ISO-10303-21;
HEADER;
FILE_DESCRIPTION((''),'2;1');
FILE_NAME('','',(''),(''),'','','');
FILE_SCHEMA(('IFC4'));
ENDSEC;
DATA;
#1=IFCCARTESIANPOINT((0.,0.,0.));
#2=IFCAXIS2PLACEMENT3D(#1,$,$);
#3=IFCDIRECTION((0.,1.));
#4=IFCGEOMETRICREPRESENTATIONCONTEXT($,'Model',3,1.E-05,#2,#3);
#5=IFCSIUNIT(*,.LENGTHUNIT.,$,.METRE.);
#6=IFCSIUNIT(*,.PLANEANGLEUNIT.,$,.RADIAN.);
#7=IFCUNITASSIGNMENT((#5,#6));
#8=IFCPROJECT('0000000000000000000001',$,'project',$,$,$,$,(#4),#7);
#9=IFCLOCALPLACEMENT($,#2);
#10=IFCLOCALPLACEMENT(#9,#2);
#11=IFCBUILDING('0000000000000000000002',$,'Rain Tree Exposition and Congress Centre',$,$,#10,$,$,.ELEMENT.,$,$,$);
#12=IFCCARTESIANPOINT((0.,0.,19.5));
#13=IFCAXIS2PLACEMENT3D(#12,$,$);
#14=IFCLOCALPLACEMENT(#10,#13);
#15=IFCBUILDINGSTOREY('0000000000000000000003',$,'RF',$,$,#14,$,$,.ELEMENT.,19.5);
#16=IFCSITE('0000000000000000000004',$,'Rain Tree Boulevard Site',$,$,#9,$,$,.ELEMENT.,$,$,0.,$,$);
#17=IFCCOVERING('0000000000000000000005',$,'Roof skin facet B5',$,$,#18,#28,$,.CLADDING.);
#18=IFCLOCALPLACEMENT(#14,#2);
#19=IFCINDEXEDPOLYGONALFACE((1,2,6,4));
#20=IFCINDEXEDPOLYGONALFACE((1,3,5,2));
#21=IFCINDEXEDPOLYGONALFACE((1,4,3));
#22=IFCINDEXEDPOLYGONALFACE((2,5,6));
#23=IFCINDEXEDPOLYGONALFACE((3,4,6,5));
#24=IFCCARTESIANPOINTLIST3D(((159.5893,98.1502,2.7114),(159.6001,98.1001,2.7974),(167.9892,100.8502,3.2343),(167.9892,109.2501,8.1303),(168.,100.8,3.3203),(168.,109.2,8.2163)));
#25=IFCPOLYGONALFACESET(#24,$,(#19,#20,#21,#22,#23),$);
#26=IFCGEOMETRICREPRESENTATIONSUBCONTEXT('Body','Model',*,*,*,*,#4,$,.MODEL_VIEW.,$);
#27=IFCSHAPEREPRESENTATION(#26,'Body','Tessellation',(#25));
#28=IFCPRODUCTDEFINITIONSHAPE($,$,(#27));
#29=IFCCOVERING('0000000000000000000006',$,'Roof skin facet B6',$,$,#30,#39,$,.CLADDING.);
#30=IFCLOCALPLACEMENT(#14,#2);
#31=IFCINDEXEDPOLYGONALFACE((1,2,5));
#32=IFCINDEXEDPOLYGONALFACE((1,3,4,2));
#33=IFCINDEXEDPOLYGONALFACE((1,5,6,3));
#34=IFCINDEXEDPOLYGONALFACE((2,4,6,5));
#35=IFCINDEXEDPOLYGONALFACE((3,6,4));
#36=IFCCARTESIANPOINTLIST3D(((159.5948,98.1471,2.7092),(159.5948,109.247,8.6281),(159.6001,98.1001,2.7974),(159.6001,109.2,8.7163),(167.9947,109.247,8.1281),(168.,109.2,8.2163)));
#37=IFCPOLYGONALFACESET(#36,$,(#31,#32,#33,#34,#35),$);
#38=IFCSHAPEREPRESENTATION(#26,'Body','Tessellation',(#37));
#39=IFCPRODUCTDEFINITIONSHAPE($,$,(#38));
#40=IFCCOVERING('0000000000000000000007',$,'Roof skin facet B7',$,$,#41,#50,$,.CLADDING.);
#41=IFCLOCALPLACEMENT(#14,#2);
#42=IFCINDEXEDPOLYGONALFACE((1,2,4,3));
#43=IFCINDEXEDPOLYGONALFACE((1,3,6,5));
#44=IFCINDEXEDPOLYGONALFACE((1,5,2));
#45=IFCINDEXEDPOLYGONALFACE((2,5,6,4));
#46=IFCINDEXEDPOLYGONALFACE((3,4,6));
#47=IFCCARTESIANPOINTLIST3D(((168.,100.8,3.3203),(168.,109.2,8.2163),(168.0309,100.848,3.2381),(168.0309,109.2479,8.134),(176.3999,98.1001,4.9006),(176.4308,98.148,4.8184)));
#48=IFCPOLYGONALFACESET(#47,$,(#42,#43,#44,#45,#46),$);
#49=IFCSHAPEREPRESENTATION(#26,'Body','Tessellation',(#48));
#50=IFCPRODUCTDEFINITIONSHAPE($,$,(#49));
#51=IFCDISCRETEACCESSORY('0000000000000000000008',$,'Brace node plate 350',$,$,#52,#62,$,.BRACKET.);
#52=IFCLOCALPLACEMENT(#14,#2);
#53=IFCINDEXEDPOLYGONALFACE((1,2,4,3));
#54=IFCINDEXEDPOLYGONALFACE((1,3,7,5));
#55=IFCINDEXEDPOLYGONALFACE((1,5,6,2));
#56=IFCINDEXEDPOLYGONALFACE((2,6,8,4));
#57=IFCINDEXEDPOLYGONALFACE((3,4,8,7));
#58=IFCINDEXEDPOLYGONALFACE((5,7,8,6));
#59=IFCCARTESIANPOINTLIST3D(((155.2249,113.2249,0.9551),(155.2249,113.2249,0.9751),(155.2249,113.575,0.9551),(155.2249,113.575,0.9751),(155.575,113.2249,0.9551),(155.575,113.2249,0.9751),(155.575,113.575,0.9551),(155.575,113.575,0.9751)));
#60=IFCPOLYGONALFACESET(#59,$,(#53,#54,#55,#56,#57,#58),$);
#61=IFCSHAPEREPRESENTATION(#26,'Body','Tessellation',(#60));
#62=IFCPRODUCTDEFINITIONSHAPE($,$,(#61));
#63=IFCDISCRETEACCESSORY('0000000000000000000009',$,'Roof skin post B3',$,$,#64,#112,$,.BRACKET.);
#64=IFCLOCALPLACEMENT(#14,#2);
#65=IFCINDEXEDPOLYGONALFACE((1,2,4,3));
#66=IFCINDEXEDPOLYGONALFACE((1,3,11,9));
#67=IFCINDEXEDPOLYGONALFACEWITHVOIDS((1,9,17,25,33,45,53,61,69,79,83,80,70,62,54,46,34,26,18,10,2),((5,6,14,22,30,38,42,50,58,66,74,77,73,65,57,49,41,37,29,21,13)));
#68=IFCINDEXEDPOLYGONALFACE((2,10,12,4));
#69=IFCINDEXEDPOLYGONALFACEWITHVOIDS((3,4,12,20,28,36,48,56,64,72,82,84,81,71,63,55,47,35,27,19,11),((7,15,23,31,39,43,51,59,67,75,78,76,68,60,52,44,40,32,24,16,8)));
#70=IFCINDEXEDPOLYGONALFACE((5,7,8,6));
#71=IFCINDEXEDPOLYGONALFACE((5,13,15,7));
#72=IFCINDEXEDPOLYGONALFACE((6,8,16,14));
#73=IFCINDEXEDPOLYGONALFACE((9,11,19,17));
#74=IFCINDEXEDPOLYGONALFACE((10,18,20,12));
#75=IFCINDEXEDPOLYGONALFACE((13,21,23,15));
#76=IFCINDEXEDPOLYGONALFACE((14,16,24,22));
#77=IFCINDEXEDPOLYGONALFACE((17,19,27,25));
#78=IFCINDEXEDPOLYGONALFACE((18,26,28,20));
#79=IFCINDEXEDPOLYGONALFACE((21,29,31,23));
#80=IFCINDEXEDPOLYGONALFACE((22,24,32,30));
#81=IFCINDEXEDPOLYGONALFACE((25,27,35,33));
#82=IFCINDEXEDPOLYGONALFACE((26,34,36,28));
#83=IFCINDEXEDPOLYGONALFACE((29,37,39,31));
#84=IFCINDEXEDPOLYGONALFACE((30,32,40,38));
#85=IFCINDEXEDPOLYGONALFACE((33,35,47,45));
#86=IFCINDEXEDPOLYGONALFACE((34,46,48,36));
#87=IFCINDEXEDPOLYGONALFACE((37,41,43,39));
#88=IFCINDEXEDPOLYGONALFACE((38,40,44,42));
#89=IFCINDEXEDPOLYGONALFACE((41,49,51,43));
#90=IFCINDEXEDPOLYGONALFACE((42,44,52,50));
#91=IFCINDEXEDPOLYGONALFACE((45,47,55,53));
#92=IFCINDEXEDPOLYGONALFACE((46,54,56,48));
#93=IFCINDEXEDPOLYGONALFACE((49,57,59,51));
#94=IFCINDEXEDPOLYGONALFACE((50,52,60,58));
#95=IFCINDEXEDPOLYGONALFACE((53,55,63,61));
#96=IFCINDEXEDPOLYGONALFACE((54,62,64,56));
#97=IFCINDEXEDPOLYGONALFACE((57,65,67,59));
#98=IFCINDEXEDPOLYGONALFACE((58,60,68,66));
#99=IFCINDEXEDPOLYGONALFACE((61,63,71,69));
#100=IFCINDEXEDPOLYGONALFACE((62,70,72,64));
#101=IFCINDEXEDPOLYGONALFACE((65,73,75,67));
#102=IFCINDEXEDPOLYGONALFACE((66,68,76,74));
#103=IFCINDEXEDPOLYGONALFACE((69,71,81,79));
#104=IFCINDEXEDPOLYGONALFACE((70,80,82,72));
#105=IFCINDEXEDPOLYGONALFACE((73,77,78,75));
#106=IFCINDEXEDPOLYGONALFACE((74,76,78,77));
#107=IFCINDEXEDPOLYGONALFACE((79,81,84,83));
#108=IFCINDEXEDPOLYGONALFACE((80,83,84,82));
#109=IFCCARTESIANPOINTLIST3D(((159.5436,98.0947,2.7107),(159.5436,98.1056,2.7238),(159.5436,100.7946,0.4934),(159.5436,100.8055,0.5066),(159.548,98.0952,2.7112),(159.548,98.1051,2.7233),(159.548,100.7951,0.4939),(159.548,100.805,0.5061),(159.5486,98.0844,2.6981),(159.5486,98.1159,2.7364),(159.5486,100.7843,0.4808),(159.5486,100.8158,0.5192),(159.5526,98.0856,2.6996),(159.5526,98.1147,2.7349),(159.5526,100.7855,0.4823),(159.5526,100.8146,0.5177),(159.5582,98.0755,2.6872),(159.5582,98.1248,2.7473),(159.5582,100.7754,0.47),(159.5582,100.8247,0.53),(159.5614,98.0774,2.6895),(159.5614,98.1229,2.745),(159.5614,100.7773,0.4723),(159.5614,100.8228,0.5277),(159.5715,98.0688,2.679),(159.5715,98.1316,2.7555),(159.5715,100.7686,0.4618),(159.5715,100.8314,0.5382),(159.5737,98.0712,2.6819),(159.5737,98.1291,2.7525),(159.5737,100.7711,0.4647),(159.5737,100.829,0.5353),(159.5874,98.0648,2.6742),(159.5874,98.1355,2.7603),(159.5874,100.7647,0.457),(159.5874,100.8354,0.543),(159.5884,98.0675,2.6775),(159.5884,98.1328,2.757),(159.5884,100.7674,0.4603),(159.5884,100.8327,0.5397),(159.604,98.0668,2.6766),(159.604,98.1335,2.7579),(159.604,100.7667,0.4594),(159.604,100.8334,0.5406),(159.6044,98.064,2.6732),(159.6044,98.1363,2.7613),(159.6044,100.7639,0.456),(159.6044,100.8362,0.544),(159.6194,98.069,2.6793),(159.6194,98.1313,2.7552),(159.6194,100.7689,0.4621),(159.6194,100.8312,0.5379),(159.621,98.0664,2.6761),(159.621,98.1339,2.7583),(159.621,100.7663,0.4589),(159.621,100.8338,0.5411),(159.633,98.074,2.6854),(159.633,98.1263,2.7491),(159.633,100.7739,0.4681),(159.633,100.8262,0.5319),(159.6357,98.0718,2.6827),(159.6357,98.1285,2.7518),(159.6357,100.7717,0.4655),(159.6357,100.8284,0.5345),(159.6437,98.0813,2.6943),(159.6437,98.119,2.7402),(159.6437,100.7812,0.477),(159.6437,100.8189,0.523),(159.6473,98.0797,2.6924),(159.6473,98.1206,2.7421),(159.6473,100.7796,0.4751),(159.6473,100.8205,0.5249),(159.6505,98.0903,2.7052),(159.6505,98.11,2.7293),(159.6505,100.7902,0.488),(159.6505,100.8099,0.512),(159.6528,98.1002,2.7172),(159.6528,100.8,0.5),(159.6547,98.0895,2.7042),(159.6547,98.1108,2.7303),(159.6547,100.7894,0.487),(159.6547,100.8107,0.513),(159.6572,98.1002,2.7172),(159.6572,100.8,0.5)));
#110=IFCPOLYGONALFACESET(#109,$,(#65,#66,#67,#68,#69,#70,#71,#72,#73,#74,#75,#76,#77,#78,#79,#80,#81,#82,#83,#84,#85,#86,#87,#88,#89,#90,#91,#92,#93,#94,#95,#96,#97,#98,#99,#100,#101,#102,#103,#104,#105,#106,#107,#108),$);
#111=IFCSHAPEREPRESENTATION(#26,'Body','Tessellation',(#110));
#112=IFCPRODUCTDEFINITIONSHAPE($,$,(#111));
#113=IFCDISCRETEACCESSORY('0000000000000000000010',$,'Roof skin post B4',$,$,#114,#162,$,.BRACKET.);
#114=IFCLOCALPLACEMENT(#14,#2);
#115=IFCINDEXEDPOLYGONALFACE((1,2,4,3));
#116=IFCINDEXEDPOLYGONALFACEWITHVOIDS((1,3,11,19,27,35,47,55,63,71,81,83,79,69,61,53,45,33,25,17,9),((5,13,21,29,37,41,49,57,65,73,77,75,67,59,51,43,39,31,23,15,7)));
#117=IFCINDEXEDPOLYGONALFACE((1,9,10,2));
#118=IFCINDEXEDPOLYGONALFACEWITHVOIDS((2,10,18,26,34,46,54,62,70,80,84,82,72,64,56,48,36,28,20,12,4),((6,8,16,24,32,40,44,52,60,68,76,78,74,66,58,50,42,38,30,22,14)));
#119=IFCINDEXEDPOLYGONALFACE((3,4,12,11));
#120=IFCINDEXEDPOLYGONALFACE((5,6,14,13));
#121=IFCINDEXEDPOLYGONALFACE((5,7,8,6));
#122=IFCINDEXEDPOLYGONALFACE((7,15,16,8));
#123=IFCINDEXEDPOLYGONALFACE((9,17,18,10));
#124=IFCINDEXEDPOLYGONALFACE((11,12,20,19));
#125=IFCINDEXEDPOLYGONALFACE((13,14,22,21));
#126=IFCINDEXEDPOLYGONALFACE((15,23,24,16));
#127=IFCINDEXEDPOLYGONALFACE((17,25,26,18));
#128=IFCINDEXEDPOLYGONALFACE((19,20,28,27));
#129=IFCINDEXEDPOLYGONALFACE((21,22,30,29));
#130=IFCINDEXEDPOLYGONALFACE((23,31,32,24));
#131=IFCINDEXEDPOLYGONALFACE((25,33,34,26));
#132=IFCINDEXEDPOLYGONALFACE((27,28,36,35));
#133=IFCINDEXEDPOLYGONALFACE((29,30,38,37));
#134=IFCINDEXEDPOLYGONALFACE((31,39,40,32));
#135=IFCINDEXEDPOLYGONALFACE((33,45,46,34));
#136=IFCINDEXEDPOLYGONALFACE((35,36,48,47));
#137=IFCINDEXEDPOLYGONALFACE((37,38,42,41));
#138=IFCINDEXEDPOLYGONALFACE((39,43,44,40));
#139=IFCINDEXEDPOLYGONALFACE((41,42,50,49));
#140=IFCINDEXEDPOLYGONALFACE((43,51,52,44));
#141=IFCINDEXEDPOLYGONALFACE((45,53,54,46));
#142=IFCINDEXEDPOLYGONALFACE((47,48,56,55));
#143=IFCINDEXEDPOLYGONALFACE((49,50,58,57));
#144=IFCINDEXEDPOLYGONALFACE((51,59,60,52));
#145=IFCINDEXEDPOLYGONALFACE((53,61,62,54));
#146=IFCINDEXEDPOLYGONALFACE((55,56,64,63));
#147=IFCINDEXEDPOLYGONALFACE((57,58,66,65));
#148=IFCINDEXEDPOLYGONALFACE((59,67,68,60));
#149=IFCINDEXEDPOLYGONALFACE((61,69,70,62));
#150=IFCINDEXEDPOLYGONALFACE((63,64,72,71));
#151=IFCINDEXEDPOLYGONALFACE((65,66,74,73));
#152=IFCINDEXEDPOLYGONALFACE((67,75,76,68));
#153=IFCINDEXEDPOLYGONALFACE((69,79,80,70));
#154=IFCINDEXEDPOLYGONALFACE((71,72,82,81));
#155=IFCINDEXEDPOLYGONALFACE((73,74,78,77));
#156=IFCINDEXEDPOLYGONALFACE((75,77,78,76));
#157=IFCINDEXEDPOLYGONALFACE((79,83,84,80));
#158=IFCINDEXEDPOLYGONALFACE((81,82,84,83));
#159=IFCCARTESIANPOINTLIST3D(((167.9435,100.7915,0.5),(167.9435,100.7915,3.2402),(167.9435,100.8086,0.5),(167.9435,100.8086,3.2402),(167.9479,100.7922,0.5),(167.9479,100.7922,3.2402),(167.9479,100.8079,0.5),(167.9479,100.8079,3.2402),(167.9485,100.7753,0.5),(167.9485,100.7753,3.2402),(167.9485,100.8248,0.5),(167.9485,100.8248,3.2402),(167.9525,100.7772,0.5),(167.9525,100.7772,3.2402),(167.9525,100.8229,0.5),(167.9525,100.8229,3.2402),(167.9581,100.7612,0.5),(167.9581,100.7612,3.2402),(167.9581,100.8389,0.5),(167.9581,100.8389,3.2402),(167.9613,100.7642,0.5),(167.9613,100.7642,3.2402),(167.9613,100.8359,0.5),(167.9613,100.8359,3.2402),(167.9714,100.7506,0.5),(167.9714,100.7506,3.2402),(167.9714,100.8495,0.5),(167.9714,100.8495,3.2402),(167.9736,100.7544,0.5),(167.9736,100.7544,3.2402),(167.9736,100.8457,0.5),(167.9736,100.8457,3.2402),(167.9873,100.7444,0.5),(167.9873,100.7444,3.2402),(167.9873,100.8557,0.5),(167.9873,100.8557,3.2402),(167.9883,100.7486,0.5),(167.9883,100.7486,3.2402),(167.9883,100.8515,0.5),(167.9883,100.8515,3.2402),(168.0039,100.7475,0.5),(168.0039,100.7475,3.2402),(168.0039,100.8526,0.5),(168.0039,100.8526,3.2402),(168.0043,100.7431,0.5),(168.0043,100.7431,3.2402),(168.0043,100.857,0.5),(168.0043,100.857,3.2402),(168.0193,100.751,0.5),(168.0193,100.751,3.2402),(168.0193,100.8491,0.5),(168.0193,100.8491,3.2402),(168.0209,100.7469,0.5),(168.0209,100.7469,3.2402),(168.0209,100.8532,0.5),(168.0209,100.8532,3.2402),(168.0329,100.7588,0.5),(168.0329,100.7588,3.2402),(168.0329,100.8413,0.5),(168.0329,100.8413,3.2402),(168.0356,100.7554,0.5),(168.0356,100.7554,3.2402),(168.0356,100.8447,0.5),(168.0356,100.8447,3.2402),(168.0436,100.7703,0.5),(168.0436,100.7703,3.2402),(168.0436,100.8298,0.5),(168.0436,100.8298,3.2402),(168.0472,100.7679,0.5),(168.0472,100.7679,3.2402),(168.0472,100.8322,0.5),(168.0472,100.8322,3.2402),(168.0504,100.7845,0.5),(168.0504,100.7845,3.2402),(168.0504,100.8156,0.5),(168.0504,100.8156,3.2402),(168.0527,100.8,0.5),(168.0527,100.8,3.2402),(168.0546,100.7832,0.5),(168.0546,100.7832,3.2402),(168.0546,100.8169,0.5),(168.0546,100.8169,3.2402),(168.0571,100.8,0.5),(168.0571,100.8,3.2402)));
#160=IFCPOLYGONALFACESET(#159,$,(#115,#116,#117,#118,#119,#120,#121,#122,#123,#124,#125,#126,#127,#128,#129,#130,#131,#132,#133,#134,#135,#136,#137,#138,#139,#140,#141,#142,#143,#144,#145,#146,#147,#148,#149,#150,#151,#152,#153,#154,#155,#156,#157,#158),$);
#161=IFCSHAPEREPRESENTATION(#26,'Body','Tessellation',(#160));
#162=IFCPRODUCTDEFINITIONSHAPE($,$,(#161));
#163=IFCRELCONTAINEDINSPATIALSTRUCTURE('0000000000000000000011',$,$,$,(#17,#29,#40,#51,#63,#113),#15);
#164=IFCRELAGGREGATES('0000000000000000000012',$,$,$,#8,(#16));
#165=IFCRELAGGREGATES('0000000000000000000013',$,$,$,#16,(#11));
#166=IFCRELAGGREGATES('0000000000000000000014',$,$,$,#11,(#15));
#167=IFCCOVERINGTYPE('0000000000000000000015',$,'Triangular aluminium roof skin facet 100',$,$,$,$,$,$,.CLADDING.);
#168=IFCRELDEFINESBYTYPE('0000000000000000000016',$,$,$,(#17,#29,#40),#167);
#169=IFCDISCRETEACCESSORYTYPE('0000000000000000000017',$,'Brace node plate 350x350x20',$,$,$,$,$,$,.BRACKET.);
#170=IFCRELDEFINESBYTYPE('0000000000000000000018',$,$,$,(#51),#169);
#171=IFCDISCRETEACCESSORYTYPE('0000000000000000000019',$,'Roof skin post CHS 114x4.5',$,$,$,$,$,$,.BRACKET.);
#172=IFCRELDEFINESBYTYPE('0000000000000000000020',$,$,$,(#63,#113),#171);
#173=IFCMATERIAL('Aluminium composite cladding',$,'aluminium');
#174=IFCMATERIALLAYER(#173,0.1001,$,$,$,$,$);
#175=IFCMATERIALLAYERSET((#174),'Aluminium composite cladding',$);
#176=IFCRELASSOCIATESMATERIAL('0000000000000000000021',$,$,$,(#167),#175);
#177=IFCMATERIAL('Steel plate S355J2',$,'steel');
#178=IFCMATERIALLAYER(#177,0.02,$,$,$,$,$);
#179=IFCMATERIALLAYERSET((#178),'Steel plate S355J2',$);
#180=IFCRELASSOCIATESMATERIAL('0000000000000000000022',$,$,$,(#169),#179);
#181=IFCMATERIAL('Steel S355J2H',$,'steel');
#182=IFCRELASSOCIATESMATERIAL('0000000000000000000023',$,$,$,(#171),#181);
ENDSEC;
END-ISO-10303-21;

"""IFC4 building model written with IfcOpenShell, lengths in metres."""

from ifc_helpers import new_model, si_unit, direction, frame, origin, origin_2d, place, context, subcontext, project, spatial, polyline, rectangle, hollow_circle, outline, extrude, material, layer, layer_set, material_profile, profile_set, type_object, element, save


model = new_model("IFC4")

# Units and contexts
model_context = context("Model", 3, precision=1e-05, world=origin(), true_north=direction((0.0, 1.0)))
body_context = subcontext(model_context, "Body", "Model", "MODEL_VIEW")
ifc_project = project(units=[si_unit("LENGTHUNIT", "METRE"), si_unit("PLANEANGLEUNIT", "RADIAN")], contexts=[model_context])

# Site, building, storey
site_placement = place(None, origin())
site = spatial("IfcSite", under=ifc_project, at=site_placement, Name="Rain Tree Boulevard Site", CompositionType="ELEMENT", RefElevation=0.0)
building_placement = place(site_placement, origin())
building = spatial("IfcBuilding", under=site, at=building_placement, Name="Rain Tree Exposition and Congress Centre", CompositionType="ELEMENT")
storey_placement = place(building_placement, frame((0.0, 0.0, 19.5)))
storey = spatial("IfcBuildingStorey", under=building, at=storey_placement, Name="RF", CompositionType="ELEMENT", Elevation=19.5)

# Coverings
ifc_material_1 = material(Name="Aluminium composite cladding", Category="aluminium")
ifc_layer_1 = layer(ifc_material_1, 0.1001)
ifc_layer_set_1 = layer_set([ifc_layer_1], Name="Aluminium composite cladding")
covering_type = type_object("IfcCoveringType", Name="Triangular aluminium roof skin facet 100", PredefinedType="CLADDING", material=ifc_layer_set_1)
covering_1_placement = place(storey_placement, frame((159.6001, 98.1001, 2.7974), z_axis=(0.107448, -0.500653, 0.858954), x_axis=(0.950361, 0.305471, 0.059166)))
element("IfcCovering", 1, at=covering_1_placement, inside=storey, type_object=covering_type, Name="Roof skin facet B5", PredefinedType="CLADDING", context=body_context, shape_type="SweptSolid", body=[
    extrude(outline(polyline([(0.0, 0.0), (8.8386, 0.0), (11.6942, 9.2938), (0.0, 0.0)])), origin(), (0.0, 0.0, -1.0), 0.1001),
])
covering_2_placement = place(storey_placement, frame((159.6001, 98.1001, 2.7974), z_axis=(0.052451, -0.46988, 0.881171), x_axis=(0.562335, 0.743084, 0.362774)))
element("IfcCovering", 2, at=covering_2_placement, inside=storey, type_object=covering_type, Name="Roof skin facet B6", PredefinedType="CLADDING", context=body_context, shape_type="SweptSolid", body=[
    extrude(outline(polyline([(0.0, 0.0), (14.9375, 0.0), (10.3954, 7.0836), (0.0, 0.0)])), origin(), (0.0, 0.0, -1.0), 0.1001),
])
covering_3_placement = place(storey_placement, frame((168.0, 100.8, 3.3203), z_axis=(-0.308571, -0.478995, 0.821796), x_axis=(0.937116, -0.301214, 0.176305)))
element("IfcCovering", 3, at=covering_3_placement, inside=storey, type_object=covering_type, Name="Roof skin facet B7", PredefinedType="CLADDING", context=body_context, shape_type="SweptSolid", body=[
    extrude(outline(polyline([(0.0, 0.0), (8.9636, 0.0), (-1.667, 9.5786), (0.0, 0.0)])), origin(), (0.0, 0.0, -1.0), 0.1001),
])

# Discrete accessories
ifc_material_2 = material(Name="Steel plate S355J2", Category="steel")
ifc_layer_2 = layer(ifc_material_2, 0.02)
ifc_layer_set_2 = layer_set([ifc_layer_2], Name="Steel plate S355J2")
discrete_accessory_type_1 = type_object("IfcDiscreteAccessoryType", Name="Brace node plate 350x350x20", PredefinedType="BRACKET", material=ifc_layer_set_2)
discrete_accessory_1_placement = place(storey_placement, frame((155.3999, 113.3999, 0.9551), z_axis=(0.0, 0.0, 1.0), x_axis=(1.0, 0.0, 0.0)))
element("IfcDiscreteAccessory", 4, at=discrete_accessory_1_placement, inside=storey, type_object=discrete_accessory_type_1, Name="Brace node plate 350", PredefinedType="BRACKET", context=body_context, shape_type="SweptSolid", body=[
    extrude(rectangle(XDim=0.3501, YDim=0.3501, at=origin_2d()), origin(), (0.0, 0.0, 1.0), 0.02),
])
ifc_material_3 = material(Name="Steel S355J2H", Category="steel")
ifc_material_profile_1 = material_profile(ifc_material_3, hollow_circle(Radius=0.0571, WallThickness=0.0044, at=origin_2d()), Name="CHS 114x4.5")
ifc_profile_set_1 = profile_set([ifc_material_profile_1], Name="Steel S355J2H")
discrete_accessory_type_2 = type_object("IfcDiscreteAccessoryType", Name="Roof skin post CHS 114x4.5", PredefinedType="BRACKET", material=ifc_profile_set_1)
discrete_accessory_2_placement = place(storey_placement, frame((159.6001, 100.8, 0.5), z_axis=(0.0, -0.772801, 0.634649), x_axis=(1.0, 0.0, 0.0)))
element("IfcDiscreteAccessory", 5, at=discrete_accessory_2_placement, inside=storey, type_object=discrete_accessory_type_2, Name="Roof skin post B3", PredefinedType="BRACKET", context=body_context, shape_type="SweptSolid", body=[
    extrude(hollow_circle(Radius=0.0571, WallThickness=0.0044, at=origin_2d()), origin(), (0.0, 0.0, 1.0), 3.4937),
])
discrete_accessory_3_placement = place(storey_placement, frame((168.0, 100.8, 0.5), z_axis=(0.0, 0.0, 1.0), x_axis=(1.0, 0.0, 0.0)))
element("IfcDiscreteAccessory", 6, at=discrete_accessory_3_placement, inside=storey, type_object=discrete_accessory_type_2, Name="Roof skin post B4", PredefinedType="BRACKET", context=body_context, shape_type="SweptSolid", body=[
    extrude(hollow_circle(Radius=0.0571, WallThickness=0.0044, at=origin_2d()), origin(), (0.0, 0.0, 1.0), 2.7402),
])

save(model, "model.ifc")
